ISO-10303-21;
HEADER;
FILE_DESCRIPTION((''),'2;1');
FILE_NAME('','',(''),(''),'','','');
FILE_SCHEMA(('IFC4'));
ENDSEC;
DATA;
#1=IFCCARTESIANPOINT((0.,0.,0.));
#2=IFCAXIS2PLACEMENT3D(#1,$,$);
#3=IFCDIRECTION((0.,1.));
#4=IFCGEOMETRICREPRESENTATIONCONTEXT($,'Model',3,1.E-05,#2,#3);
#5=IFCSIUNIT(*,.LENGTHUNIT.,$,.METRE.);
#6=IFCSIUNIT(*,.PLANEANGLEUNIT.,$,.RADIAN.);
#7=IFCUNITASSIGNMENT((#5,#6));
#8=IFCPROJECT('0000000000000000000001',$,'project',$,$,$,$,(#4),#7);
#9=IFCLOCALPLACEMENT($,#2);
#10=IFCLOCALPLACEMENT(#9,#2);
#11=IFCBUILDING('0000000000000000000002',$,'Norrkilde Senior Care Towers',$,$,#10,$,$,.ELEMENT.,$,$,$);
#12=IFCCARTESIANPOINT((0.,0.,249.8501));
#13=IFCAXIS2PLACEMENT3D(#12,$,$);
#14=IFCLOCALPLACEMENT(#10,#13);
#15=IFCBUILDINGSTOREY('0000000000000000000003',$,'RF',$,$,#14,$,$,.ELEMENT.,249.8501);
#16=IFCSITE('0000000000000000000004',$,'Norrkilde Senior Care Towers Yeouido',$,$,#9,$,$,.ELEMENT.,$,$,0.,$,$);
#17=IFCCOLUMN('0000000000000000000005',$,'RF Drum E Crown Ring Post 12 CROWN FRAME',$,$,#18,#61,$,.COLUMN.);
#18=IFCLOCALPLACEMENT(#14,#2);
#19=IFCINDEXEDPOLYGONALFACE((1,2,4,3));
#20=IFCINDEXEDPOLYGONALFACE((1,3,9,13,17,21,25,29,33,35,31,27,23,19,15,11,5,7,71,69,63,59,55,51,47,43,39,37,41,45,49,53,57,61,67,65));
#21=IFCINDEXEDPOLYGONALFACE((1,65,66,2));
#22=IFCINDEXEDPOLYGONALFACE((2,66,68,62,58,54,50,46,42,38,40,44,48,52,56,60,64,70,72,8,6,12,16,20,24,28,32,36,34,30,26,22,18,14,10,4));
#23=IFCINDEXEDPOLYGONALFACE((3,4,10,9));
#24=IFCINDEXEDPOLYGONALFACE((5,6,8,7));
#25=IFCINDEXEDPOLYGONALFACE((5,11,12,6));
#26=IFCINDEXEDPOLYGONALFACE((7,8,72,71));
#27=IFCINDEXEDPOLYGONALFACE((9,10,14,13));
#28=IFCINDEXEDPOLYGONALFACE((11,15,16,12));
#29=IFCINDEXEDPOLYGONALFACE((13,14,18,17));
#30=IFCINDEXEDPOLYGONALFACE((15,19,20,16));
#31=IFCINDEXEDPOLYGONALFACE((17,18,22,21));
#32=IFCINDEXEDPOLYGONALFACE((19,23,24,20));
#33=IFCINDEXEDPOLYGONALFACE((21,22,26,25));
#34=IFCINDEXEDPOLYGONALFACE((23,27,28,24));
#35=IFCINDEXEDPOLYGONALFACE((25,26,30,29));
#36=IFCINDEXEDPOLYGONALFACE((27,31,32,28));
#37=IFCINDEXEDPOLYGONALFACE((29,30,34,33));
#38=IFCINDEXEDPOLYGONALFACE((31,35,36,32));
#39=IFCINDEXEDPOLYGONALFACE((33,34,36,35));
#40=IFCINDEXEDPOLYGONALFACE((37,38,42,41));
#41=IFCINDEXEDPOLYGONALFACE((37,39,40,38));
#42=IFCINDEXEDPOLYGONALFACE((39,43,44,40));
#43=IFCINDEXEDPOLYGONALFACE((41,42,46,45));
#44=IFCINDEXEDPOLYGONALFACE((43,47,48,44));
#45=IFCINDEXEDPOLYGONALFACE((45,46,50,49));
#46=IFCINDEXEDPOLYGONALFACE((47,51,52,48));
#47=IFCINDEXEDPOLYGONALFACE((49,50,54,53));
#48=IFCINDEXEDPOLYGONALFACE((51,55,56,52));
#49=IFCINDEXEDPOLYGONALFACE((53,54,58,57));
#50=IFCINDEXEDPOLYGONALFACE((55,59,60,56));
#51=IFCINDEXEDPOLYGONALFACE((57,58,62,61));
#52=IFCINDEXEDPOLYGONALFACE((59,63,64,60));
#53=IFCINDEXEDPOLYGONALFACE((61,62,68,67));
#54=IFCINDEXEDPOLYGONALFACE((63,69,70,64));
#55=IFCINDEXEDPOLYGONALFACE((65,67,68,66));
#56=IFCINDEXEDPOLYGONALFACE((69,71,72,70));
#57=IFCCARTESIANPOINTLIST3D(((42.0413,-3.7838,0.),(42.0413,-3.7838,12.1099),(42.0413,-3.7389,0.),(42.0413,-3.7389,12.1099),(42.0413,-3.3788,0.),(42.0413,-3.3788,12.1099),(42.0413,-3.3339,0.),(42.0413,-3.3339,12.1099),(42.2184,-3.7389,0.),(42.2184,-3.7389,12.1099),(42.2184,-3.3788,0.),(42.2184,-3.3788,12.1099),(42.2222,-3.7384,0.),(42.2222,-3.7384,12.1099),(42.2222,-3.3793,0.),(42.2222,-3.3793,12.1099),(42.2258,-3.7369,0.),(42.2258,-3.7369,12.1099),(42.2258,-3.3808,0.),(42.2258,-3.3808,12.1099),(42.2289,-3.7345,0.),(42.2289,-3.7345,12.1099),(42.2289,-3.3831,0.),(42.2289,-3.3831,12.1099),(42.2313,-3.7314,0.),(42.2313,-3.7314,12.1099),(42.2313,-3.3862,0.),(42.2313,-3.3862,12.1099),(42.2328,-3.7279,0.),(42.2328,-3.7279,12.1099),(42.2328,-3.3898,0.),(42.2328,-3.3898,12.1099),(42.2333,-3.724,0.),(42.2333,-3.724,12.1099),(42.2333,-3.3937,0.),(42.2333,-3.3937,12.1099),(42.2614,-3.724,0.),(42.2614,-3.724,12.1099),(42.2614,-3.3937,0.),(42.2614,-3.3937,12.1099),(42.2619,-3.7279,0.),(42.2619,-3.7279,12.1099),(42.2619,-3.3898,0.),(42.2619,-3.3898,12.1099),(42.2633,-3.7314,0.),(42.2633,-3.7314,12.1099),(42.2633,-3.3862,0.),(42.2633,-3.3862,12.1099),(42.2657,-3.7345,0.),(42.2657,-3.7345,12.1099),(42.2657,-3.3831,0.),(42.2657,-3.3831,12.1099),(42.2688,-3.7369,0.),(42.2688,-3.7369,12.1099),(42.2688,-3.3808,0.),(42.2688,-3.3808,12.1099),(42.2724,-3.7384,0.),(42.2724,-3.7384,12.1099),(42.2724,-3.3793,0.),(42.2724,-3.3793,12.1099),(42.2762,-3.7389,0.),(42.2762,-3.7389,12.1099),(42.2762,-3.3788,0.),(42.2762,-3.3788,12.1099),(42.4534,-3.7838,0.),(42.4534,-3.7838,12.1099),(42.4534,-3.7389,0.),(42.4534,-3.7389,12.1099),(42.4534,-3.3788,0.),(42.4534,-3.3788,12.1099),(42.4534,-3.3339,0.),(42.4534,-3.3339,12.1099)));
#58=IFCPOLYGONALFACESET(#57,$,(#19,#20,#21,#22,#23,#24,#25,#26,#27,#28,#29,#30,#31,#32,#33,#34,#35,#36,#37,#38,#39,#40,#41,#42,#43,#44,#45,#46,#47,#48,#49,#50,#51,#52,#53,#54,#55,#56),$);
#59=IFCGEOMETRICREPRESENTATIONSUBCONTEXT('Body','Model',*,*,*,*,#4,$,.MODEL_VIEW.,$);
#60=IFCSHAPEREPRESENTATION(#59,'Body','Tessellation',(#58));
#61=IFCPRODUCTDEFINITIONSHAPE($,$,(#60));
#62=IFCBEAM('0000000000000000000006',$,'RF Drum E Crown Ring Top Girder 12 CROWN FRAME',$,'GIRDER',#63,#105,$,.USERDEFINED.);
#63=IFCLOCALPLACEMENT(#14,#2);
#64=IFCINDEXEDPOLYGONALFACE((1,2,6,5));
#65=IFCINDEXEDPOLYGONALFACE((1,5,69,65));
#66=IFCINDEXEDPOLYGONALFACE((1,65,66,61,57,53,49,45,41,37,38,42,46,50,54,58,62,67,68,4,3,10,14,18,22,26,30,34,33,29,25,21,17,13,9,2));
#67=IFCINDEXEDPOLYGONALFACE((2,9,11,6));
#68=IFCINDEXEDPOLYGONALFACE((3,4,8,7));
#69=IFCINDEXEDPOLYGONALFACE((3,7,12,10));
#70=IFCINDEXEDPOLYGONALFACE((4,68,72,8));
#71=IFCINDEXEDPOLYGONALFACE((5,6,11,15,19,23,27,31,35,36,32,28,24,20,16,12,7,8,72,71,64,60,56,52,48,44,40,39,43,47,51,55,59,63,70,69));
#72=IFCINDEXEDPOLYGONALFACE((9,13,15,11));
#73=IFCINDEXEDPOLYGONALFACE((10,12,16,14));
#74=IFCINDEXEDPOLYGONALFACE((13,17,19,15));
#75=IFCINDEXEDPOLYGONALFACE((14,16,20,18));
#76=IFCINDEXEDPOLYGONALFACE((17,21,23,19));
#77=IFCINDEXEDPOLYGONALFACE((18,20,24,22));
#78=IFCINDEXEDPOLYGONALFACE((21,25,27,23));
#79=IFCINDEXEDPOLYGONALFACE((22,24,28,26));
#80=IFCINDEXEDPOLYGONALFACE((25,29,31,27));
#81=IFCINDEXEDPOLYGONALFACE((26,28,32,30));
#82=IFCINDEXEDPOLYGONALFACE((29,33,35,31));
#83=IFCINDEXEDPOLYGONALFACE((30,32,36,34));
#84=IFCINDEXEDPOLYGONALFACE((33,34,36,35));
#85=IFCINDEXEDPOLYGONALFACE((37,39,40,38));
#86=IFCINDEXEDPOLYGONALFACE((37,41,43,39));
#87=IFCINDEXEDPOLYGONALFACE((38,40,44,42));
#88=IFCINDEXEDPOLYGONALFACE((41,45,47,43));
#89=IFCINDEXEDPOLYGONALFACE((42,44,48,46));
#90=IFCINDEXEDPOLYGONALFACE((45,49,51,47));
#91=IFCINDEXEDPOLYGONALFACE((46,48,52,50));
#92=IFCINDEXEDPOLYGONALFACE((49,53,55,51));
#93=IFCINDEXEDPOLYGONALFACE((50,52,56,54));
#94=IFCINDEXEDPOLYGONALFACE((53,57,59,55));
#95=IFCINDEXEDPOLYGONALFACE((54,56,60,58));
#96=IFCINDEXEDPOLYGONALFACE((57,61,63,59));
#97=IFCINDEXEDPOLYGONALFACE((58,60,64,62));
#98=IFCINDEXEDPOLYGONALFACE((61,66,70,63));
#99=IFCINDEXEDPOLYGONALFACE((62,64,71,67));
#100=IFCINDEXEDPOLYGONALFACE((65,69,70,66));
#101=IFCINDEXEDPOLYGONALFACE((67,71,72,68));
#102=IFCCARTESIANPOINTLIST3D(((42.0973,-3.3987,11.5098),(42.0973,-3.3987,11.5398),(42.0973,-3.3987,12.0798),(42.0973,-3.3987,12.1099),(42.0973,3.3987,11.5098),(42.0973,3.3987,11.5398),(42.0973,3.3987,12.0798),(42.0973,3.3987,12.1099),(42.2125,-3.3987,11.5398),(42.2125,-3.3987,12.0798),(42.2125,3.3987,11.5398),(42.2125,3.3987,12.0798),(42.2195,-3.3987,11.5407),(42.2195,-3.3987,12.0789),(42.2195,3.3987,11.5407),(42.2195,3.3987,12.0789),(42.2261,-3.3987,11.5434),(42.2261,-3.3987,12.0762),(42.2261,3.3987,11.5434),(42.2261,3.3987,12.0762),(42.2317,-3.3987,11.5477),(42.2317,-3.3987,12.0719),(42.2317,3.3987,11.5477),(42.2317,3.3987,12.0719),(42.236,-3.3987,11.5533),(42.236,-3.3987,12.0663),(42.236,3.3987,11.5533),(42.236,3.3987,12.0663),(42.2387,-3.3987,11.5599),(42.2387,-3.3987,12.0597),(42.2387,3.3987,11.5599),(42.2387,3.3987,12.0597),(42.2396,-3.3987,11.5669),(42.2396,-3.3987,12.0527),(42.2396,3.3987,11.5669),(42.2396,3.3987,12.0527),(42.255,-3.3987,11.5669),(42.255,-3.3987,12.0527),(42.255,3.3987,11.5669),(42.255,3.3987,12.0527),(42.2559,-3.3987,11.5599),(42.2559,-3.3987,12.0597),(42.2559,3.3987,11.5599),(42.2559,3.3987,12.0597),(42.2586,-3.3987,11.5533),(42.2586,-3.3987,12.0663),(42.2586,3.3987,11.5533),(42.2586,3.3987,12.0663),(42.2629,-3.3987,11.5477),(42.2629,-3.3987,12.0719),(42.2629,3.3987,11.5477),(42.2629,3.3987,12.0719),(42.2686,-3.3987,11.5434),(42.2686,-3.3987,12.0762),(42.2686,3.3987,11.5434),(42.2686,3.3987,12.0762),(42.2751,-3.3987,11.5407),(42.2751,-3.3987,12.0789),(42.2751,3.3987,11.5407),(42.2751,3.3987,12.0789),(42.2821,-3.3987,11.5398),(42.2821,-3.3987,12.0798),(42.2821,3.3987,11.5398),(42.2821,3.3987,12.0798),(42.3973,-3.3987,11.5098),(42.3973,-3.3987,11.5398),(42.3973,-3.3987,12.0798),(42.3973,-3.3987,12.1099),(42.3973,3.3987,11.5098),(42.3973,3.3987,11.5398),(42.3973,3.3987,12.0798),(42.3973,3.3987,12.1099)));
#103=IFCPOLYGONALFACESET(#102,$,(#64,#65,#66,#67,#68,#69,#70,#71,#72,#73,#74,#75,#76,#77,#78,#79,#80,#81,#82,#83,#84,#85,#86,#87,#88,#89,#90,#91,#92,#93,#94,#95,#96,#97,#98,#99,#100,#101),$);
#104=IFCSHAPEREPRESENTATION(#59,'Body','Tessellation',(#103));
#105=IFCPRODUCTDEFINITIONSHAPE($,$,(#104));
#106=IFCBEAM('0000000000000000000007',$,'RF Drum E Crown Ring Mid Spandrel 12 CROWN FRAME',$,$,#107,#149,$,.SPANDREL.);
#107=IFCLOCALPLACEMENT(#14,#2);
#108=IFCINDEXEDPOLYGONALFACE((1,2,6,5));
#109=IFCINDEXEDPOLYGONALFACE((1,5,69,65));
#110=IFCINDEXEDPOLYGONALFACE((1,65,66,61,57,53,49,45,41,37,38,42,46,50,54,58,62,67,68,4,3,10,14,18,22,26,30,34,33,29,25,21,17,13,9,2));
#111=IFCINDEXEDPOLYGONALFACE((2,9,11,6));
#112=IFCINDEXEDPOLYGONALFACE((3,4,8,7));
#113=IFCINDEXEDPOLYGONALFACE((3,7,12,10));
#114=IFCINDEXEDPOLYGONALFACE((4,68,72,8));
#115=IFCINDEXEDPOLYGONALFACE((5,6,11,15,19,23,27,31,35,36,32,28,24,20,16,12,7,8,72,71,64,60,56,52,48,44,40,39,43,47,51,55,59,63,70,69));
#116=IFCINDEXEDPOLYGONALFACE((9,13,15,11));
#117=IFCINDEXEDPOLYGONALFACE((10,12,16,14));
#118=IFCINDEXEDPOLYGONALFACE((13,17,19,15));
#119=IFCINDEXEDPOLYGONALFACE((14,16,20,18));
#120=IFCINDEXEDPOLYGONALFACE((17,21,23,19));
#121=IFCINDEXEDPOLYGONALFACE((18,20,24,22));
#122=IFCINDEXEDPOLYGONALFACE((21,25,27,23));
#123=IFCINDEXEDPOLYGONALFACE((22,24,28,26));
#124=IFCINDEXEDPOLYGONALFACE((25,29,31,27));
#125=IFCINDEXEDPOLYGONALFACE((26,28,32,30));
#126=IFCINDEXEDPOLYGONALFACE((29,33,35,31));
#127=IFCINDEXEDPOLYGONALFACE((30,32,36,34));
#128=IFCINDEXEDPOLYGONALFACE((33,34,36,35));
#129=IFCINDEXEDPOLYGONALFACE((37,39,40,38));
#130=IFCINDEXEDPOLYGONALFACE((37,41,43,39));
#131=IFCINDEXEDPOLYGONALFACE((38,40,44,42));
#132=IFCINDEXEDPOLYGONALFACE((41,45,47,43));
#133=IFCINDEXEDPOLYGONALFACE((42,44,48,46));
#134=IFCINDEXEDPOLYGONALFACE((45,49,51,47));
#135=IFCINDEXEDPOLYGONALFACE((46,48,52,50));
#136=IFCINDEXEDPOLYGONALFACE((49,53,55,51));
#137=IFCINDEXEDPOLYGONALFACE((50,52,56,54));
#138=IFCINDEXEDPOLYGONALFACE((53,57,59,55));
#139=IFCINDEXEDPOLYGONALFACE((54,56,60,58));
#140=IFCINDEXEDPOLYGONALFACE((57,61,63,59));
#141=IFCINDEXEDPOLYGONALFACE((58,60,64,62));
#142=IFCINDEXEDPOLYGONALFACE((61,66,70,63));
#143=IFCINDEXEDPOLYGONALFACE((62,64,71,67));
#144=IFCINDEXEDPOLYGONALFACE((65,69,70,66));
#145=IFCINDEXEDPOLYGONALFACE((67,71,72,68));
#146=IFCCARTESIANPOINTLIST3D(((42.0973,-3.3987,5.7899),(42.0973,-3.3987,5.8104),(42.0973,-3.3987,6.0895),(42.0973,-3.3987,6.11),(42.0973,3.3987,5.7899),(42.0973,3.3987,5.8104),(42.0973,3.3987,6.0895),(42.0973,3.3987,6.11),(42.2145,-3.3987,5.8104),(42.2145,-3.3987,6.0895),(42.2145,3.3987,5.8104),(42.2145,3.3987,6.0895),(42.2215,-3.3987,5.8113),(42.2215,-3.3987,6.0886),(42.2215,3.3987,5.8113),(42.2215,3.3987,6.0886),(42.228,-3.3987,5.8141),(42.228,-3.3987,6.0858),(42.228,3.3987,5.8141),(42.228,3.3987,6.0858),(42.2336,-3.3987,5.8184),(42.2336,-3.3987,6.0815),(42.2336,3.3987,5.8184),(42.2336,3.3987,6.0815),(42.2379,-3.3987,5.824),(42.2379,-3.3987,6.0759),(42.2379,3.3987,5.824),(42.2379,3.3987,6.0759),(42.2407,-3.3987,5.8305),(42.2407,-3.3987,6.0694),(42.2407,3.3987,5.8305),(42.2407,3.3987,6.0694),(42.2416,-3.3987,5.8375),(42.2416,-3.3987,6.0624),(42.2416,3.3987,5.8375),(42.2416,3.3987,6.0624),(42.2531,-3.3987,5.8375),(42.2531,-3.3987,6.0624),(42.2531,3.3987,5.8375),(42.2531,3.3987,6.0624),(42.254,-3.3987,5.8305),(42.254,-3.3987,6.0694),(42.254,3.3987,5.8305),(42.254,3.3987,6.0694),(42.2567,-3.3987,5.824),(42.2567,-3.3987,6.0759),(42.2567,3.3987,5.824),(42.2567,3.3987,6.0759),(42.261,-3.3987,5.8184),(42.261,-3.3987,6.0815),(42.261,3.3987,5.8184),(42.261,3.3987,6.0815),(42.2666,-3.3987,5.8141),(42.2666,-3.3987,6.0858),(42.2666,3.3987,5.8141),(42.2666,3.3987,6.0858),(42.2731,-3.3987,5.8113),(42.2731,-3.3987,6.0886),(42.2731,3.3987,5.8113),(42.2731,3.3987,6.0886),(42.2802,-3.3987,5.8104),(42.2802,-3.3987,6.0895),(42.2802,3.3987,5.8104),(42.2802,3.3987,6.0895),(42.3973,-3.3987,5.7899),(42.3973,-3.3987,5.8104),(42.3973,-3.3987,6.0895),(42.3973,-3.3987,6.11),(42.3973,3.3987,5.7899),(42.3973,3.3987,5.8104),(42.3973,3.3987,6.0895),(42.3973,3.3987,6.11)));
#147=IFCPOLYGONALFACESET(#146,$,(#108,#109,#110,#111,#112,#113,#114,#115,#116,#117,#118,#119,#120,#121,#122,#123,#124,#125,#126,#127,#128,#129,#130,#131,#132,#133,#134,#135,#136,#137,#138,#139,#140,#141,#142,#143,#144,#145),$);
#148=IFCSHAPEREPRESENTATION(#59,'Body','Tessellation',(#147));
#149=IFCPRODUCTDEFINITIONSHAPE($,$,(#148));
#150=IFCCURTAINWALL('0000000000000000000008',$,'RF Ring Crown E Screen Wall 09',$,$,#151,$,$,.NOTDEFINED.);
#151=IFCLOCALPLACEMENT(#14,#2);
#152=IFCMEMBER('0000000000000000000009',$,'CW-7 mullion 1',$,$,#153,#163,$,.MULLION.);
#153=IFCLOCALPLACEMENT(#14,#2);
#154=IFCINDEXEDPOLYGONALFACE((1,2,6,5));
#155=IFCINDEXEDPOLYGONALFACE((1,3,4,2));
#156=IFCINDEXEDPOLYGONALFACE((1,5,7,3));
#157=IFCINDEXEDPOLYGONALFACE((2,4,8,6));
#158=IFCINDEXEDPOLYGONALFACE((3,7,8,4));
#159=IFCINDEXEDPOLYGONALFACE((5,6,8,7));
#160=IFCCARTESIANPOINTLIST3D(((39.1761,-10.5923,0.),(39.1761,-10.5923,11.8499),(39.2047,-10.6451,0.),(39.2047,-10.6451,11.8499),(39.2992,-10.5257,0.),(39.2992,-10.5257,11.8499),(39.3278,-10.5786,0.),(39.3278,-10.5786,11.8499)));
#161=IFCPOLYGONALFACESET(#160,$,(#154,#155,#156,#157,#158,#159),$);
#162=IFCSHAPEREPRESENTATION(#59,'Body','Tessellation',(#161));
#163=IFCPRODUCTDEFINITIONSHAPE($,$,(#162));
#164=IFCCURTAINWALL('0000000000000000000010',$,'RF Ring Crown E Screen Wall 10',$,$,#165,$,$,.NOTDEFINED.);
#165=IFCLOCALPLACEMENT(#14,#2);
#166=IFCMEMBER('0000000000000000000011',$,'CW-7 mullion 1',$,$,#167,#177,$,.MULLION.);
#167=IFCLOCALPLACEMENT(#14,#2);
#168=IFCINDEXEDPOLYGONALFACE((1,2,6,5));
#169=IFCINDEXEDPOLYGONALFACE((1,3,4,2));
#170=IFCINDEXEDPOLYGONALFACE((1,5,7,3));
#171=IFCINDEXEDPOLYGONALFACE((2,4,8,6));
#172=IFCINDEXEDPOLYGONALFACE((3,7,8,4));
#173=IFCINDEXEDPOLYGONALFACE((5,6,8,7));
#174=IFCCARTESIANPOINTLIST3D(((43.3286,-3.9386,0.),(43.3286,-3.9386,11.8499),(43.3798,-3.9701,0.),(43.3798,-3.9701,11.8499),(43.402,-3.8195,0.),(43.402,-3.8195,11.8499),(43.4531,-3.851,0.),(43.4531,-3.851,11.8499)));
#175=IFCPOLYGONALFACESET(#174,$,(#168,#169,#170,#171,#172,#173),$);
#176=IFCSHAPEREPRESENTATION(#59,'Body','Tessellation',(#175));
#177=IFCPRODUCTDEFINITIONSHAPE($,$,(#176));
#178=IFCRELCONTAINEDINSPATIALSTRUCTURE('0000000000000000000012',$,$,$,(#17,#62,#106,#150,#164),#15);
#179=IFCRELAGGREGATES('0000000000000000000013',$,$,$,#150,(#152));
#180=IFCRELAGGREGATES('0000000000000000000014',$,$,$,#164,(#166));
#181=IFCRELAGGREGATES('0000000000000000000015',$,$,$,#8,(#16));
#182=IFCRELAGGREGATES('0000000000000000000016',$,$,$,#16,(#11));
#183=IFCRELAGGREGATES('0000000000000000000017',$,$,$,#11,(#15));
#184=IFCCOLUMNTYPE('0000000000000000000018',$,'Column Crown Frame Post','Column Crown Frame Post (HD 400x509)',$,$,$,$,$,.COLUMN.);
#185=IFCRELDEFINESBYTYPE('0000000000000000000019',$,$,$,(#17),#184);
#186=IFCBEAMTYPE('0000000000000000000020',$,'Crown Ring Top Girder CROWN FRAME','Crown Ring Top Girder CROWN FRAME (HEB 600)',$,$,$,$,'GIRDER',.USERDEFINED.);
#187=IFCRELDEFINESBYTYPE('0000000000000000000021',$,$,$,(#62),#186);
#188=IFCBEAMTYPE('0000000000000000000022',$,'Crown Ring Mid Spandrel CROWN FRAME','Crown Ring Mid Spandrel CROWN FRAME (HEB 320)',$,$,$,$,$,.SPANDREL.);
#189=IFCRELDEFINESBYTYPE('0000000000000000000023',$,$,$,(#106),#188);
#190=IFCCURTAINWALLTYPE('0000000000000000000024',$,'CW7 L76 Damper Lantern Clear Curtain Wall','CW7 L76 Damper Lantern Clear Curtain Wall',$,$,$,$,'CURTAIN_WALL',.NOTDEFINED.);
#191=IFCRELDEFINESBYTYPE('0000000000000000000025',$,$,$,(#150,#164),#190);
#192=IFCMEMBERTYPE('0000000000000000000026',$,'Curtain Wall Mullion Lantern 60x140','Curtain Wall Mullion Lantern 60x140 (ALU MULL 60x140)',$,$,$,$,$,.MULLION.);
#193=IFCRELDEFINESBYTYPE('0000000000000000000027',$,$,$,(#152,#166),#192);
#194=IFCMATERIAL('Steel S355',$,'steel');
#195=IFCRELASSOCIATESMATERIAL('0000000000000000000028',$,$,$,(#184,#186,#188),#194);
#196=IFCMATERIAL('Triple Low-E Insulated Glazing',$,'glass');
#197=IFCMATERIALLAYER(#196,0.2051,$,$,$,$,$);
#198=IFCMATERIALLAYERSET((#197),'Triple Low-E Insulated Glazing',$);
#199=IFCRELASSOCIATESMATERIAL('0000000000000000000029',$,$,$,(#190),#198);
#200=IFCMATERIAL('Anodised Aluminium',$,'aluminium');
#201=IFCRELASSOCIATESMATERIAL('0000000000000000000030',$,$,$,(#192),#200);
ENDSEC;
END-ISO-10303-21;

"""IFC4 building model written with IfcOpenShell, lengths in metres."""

from ifc_helpers import new_model, si_unit, direction, frame, origin, origin_2d, place, context, subcontext, project, spatial, rectangle, i_section, extrude, source, transform, mapped, material, layer, layer_set, material_profile, profile_set, type_object, type_shapes, element, aggregate, save


model = new_model("IFC4")

# Units and contexts
model_context = context("Model", 3, precision=1e-05, world=origin(), true_north=direction((0.0, 1.0)))
body_context = subcontext(model_context, "Body", "Model", "MODEL_VIEW")
ifc_project = project(units=[si_unit("LENGTHUNIT", "METRE"), si_unit("PLANEANGLEUNIT", "RADIAN")], contexts=[model_context])

# Site, building, storey
site_placement = place(None, origin())
site = spatial("IfcSite", under=ifc_project, at=site_placement, Name="Norrkilde Senior Care Towers Yeouido", CompositionType="ELEMENT", RefElevation=0.0)
building_placement = place(site_placement, origin())
building = spatial("IfcBuilding", under=site, at=building_placement, Name="Norrkilde Senior Care Towers", CompositionType="ELEMENT")
storey_placement = place(building_placement, frame((0.0, 0.0, 249.8501)))
storey = spatial("IfcBuildingStorey", under=building, at=storey_placement, Name="RF", CompositionType="ELEMENT", Elevation=249.8501)

# Column
ifc_material_1 = material(Name="Steel S355", Category="steel")
ifc_material_profile_1 = material_profile(ifc_material_1, i_section(OverallWidth=0.4121, OverallDepth=0.45, WebThickness=0.0281, FlangeThickness=0.0449, FilletRadius=0.0149, at=origin_2d()), Name="HD 400x509")
ifc_profile_set_1 = profile_set([ifc_material_profile_1], Name="Steel S355")
column_type = type_object("IfcColumnType", Name="Column Crown Frame Post", Description="Column Crown Frame Post (HD 400x509)", PredefinedType="COLUMN", material=ifc_profile_set_1)
shared_shape_1 = source(origin(), body_context, "Body", "SweptSolid", [
    extrude(i_section(OverallWidth=0.4121, OverallDepth=0.45, WebThickness=0.0281, FlangeThickness=0.0449, FilletRadius=0.0149, at=origin_2d()), origin(), (0.0, 0.0, 1.0), 12.1099),
])
type_shapes(column_type, [shared_shape_1])
column_placement = place(storey_placement, frame((42.2473, -3.5588, 0.0), z_axis=(0.0, 0.0, 1.0), x_axis=(1.0, 0.0, 0.0)))
element("IfcColumn", 1, at=column_placement, inside=storey, type_object=column_type, Name="RF Drum E Crown Ring Post 12 CROWN FRAME", PredefinedType="COLUMN", context=body_context, shape_type="MappedRepresentation", body=[
    mapped(shared_shape_1, transform((0.0, 0.0, 0.0), x_axis=(1.0, 0.0, 0.0), y_axis=(0.0, 1.0, 0.0), z_axis=(0.0, 0.0, 1.0), scale=1.0)),
])

# Beams
ifc_material_profile_2 = material_profile(ifc_material_1, i_section(OverallWidth=0.3, OverallDepth=0.6001, WebThickness=0.0154, FlangeThickness=0.03, FilletRadius=0.0271, at=origin_2d()), Name="HEB 600")
ifc_profile_set_2 = profile_set([ifc_material_profile_2], Name="Steel S355")
beam_type_1 = type_object("IfcBeamType", Name="Crown Ring Top Girder CROWN FRAME", Description="Crown Ring Top Girder CROWN FRAME (HEB 600)", ElementType="GIRDER", PredefinedType="USERDEFINED", material=ifc_profile_set_2)
shared_shape_2 = source(origin(), body_context, "Body", "SweptSolid", [
    extrude(i_section(OverallWidth=0.3, OverallDepth=0.6001, WebThickness=0.0154, FlangeThickness=0.03, FilletRadius=0.0271, at=origin_2d()), origin(), (0.0, 0.0, 1.0), 6.7974),
])
type_shapes(beam_type_1, [shared_shape_2])
beam_1_placement = place(storey_placement, frame((42.2473, -3.3987, 11.8098), z_axis=(0.0, 1.0, 0.0), x_axis=(-1.0, 0.0, 0.0)))
element("IfcBeam", 2, at=beam_1_placement, inside=storey, type_object=beam_type_1, Name="RF Drum E Crown Ring Top Girder 12 CROWN FRAME", ObjectType="GIRDER", PredefinedType="USERDEFINED", context=body_context, shape_type="MappedRepresentation", body=[
    mapped(shared_shape_2, transform((0.0, 0.0, 0.0), x_axis=(1.0, 0.0, 0.0), y_axis=(0.0, 1.0, 0.0), z_axis=(0.0, 0.0, 1.0), scale=1.0)),
])
ifc_material_profile_3 = material_profile(ifc_material_1, i_section(OverallWidth=0.3, OverallDepth=0.3201, WebThickness=0.0115, FlangeThickness=0.0205, FilletRadius=0.0271, at=origin_2d()), Name="HEB 320")
ifc_profile_set_3 = profile_set([ifc_material_profile_3], Name="Steel S355")
beam_type_2 = type_object("IfcBeamType", Name="Crown Ring Mid Spandrel CROWN FRAME", Description="Crown Ring Mid Spandrel CROWN FRAME (HEB 320)", PredefinedType="SPANDREL", material=ifc_profile_set_3)
shared_shape_3 = source(origin(), body_context, "Body", "SweptSolid", [
    extrude(i_section(OverallWidth=0.3, OverallDepth=0.3201, WebThickness=0.0115, FlangeThickness=0.0205, FilletRadius=0.0271, at=origin_2d()), origin(), (0.0, 0.0, 1.0), 6.7974),
])
type_shapes(beam_type_2, [shared_shape_3])
beam_2_placement = place(storey_placement, frame((42.2473, -3.3987, 5.95), z_axis=(0.0, 1.0, 0.0), x_axis=(-1.0, 0.0, 0.0)))
element("IfcBeam", 3, at=beam_2_placement, inside=storey, type_object=beam_type_2, Name="RF Drum E Crown Ring Mid Spandrel 12 CROWN FRAME", PredefinedType="SPANDREL", context=body_context, shape_type="MappedRepresentation", body=[
    mapped(shared_shape_3, transform((0.0, 0.0, 0.0), x_axis=(1.0, 0.0, 0.0), y_axis=(0.0, 1.0, 0.0), z_axis=(0.0, 0.0, 1.0), scale=1.0)),
])

# Curtain wall, member
ifc_material_2 = material(Name="Triple Low-E Insulated Glazing", Category="glass")
ifc_layer_1 = layer(ifc_material_2, 0.2051)
ifc_layer_set_1 = layer_set([ifc_layer_1], Name="Triple Low-E Insulated Glazing")
curtain_wall_type = type_object("IfcCurtainWallType", Name="CW7 L76 Damper Lantern Clear Curtain Wall", Description="CW7 L76 Damper Lantern Clear Curtain Wall", ElementType="CURTAIN_WALL", PredefinedType="NOTDEFINED", material=ifc_layer_set_1)
curtain_wall_1_placement = place(storey_placement, origin())
curtain_wall_1 = element("IfcCurtainWall", 4, at=curtain_wall_1_placement, inside=storey, type_object=curtain_wall_type, Name="RF Ring Crown E Screen Wall 09", PredefinedType="NOTDEFINED")
ifc_material_3 = material(Name="Anodised Aluminium", Category="aluminium")
ifc_material_profile_4 = material_profile(ifc_material_3, rectangle(XDim=0.0601, YDim=0.1399, at=origin_2d()), Name="ALU MULL 60x140")
ifc_profile_set_4 = profile_set([ifc_material_profile_4], Name="Anodised Aluminium")
member_type_1 = type_object("IfcMemberType", Name="Curtain Wall Mullion Lantern 60x140", Description="Curtain Wall Mullion Lantern 60x140 (ALU MULL 60x140)", PredefinedType="MULLION", material=ifc_profile_set_4)
shared_shape_4 = source(origin(), body_context, "Body", "SweptSolid", [
    extrude(rectangle(XDim=0.0601, YDim=0.1399, at=origin_2d()), origin(), (0.0, 0.0, 1.0), 11.8499),
])
type_shapes(member_type_1, [shared_shape_4])
member_1_placement = place(storey_placement, frame((39.252, -10.5854, 0.0), z_axis=(0.0, 0.0, 1.0), x_axis=(0.475934, -0.879481, 0.0)))
member_1 = element("IfcMember", 5, at=member_1_placement, type_object=member_type_1, Name="CW-7 mullion 1", PredefinedType="MULLION", context=body_context, shape_type="MappedRepresentation", body=[
    mapped(shared_shape_4, transform((0.0, 0.0, 0.0), x_axis=(1.0, 0.0, 0.0), y_axis=(0.0, 1.0, 0.0), z_axis=(0.0, 0.0, 1.0), scale=1.0)),
])

# Curtain wall, member
curtain_wall_2_placement = place(storey_placement, origin())
curtain_wall_2 = element("IfcCurtainWall", 6, at=curtain_wall_2_placement, inside=storey, type_object=curtain_wall_type, Name="RF Ring Crown E Screen Wall 10", PredefinedType="NOTDEFINED")
member_2_placement = place(storey_placement, frame((43.3909, -3.8948, 0.0), z_axis=(0.0, 0.0, 1.0), x_axis=(0.851436, -0.524458, 0.0)))
member_2 = element("IfcMember", 7, at=member_2_placement, type_object=member_type_1, Name="CW-7 mullion 1", PredefinedType="MULLION", context=body_context, shape_type="MappedRepresentation", body=[
    mapped(shared_shape_4, transform((0.0, 0.0, 0.0), x_axis=(1.0, 0.0, 0.0), y_axis=(0.0, 1.0, 0.0), z_axis=(0.0, 0.0, 1.0), scale=1.0)),
])

aggregate(curtain_wall_1, [member_1])

aggregate(curtain_wall_2, [member_2])

save(model, "model.ifc")
